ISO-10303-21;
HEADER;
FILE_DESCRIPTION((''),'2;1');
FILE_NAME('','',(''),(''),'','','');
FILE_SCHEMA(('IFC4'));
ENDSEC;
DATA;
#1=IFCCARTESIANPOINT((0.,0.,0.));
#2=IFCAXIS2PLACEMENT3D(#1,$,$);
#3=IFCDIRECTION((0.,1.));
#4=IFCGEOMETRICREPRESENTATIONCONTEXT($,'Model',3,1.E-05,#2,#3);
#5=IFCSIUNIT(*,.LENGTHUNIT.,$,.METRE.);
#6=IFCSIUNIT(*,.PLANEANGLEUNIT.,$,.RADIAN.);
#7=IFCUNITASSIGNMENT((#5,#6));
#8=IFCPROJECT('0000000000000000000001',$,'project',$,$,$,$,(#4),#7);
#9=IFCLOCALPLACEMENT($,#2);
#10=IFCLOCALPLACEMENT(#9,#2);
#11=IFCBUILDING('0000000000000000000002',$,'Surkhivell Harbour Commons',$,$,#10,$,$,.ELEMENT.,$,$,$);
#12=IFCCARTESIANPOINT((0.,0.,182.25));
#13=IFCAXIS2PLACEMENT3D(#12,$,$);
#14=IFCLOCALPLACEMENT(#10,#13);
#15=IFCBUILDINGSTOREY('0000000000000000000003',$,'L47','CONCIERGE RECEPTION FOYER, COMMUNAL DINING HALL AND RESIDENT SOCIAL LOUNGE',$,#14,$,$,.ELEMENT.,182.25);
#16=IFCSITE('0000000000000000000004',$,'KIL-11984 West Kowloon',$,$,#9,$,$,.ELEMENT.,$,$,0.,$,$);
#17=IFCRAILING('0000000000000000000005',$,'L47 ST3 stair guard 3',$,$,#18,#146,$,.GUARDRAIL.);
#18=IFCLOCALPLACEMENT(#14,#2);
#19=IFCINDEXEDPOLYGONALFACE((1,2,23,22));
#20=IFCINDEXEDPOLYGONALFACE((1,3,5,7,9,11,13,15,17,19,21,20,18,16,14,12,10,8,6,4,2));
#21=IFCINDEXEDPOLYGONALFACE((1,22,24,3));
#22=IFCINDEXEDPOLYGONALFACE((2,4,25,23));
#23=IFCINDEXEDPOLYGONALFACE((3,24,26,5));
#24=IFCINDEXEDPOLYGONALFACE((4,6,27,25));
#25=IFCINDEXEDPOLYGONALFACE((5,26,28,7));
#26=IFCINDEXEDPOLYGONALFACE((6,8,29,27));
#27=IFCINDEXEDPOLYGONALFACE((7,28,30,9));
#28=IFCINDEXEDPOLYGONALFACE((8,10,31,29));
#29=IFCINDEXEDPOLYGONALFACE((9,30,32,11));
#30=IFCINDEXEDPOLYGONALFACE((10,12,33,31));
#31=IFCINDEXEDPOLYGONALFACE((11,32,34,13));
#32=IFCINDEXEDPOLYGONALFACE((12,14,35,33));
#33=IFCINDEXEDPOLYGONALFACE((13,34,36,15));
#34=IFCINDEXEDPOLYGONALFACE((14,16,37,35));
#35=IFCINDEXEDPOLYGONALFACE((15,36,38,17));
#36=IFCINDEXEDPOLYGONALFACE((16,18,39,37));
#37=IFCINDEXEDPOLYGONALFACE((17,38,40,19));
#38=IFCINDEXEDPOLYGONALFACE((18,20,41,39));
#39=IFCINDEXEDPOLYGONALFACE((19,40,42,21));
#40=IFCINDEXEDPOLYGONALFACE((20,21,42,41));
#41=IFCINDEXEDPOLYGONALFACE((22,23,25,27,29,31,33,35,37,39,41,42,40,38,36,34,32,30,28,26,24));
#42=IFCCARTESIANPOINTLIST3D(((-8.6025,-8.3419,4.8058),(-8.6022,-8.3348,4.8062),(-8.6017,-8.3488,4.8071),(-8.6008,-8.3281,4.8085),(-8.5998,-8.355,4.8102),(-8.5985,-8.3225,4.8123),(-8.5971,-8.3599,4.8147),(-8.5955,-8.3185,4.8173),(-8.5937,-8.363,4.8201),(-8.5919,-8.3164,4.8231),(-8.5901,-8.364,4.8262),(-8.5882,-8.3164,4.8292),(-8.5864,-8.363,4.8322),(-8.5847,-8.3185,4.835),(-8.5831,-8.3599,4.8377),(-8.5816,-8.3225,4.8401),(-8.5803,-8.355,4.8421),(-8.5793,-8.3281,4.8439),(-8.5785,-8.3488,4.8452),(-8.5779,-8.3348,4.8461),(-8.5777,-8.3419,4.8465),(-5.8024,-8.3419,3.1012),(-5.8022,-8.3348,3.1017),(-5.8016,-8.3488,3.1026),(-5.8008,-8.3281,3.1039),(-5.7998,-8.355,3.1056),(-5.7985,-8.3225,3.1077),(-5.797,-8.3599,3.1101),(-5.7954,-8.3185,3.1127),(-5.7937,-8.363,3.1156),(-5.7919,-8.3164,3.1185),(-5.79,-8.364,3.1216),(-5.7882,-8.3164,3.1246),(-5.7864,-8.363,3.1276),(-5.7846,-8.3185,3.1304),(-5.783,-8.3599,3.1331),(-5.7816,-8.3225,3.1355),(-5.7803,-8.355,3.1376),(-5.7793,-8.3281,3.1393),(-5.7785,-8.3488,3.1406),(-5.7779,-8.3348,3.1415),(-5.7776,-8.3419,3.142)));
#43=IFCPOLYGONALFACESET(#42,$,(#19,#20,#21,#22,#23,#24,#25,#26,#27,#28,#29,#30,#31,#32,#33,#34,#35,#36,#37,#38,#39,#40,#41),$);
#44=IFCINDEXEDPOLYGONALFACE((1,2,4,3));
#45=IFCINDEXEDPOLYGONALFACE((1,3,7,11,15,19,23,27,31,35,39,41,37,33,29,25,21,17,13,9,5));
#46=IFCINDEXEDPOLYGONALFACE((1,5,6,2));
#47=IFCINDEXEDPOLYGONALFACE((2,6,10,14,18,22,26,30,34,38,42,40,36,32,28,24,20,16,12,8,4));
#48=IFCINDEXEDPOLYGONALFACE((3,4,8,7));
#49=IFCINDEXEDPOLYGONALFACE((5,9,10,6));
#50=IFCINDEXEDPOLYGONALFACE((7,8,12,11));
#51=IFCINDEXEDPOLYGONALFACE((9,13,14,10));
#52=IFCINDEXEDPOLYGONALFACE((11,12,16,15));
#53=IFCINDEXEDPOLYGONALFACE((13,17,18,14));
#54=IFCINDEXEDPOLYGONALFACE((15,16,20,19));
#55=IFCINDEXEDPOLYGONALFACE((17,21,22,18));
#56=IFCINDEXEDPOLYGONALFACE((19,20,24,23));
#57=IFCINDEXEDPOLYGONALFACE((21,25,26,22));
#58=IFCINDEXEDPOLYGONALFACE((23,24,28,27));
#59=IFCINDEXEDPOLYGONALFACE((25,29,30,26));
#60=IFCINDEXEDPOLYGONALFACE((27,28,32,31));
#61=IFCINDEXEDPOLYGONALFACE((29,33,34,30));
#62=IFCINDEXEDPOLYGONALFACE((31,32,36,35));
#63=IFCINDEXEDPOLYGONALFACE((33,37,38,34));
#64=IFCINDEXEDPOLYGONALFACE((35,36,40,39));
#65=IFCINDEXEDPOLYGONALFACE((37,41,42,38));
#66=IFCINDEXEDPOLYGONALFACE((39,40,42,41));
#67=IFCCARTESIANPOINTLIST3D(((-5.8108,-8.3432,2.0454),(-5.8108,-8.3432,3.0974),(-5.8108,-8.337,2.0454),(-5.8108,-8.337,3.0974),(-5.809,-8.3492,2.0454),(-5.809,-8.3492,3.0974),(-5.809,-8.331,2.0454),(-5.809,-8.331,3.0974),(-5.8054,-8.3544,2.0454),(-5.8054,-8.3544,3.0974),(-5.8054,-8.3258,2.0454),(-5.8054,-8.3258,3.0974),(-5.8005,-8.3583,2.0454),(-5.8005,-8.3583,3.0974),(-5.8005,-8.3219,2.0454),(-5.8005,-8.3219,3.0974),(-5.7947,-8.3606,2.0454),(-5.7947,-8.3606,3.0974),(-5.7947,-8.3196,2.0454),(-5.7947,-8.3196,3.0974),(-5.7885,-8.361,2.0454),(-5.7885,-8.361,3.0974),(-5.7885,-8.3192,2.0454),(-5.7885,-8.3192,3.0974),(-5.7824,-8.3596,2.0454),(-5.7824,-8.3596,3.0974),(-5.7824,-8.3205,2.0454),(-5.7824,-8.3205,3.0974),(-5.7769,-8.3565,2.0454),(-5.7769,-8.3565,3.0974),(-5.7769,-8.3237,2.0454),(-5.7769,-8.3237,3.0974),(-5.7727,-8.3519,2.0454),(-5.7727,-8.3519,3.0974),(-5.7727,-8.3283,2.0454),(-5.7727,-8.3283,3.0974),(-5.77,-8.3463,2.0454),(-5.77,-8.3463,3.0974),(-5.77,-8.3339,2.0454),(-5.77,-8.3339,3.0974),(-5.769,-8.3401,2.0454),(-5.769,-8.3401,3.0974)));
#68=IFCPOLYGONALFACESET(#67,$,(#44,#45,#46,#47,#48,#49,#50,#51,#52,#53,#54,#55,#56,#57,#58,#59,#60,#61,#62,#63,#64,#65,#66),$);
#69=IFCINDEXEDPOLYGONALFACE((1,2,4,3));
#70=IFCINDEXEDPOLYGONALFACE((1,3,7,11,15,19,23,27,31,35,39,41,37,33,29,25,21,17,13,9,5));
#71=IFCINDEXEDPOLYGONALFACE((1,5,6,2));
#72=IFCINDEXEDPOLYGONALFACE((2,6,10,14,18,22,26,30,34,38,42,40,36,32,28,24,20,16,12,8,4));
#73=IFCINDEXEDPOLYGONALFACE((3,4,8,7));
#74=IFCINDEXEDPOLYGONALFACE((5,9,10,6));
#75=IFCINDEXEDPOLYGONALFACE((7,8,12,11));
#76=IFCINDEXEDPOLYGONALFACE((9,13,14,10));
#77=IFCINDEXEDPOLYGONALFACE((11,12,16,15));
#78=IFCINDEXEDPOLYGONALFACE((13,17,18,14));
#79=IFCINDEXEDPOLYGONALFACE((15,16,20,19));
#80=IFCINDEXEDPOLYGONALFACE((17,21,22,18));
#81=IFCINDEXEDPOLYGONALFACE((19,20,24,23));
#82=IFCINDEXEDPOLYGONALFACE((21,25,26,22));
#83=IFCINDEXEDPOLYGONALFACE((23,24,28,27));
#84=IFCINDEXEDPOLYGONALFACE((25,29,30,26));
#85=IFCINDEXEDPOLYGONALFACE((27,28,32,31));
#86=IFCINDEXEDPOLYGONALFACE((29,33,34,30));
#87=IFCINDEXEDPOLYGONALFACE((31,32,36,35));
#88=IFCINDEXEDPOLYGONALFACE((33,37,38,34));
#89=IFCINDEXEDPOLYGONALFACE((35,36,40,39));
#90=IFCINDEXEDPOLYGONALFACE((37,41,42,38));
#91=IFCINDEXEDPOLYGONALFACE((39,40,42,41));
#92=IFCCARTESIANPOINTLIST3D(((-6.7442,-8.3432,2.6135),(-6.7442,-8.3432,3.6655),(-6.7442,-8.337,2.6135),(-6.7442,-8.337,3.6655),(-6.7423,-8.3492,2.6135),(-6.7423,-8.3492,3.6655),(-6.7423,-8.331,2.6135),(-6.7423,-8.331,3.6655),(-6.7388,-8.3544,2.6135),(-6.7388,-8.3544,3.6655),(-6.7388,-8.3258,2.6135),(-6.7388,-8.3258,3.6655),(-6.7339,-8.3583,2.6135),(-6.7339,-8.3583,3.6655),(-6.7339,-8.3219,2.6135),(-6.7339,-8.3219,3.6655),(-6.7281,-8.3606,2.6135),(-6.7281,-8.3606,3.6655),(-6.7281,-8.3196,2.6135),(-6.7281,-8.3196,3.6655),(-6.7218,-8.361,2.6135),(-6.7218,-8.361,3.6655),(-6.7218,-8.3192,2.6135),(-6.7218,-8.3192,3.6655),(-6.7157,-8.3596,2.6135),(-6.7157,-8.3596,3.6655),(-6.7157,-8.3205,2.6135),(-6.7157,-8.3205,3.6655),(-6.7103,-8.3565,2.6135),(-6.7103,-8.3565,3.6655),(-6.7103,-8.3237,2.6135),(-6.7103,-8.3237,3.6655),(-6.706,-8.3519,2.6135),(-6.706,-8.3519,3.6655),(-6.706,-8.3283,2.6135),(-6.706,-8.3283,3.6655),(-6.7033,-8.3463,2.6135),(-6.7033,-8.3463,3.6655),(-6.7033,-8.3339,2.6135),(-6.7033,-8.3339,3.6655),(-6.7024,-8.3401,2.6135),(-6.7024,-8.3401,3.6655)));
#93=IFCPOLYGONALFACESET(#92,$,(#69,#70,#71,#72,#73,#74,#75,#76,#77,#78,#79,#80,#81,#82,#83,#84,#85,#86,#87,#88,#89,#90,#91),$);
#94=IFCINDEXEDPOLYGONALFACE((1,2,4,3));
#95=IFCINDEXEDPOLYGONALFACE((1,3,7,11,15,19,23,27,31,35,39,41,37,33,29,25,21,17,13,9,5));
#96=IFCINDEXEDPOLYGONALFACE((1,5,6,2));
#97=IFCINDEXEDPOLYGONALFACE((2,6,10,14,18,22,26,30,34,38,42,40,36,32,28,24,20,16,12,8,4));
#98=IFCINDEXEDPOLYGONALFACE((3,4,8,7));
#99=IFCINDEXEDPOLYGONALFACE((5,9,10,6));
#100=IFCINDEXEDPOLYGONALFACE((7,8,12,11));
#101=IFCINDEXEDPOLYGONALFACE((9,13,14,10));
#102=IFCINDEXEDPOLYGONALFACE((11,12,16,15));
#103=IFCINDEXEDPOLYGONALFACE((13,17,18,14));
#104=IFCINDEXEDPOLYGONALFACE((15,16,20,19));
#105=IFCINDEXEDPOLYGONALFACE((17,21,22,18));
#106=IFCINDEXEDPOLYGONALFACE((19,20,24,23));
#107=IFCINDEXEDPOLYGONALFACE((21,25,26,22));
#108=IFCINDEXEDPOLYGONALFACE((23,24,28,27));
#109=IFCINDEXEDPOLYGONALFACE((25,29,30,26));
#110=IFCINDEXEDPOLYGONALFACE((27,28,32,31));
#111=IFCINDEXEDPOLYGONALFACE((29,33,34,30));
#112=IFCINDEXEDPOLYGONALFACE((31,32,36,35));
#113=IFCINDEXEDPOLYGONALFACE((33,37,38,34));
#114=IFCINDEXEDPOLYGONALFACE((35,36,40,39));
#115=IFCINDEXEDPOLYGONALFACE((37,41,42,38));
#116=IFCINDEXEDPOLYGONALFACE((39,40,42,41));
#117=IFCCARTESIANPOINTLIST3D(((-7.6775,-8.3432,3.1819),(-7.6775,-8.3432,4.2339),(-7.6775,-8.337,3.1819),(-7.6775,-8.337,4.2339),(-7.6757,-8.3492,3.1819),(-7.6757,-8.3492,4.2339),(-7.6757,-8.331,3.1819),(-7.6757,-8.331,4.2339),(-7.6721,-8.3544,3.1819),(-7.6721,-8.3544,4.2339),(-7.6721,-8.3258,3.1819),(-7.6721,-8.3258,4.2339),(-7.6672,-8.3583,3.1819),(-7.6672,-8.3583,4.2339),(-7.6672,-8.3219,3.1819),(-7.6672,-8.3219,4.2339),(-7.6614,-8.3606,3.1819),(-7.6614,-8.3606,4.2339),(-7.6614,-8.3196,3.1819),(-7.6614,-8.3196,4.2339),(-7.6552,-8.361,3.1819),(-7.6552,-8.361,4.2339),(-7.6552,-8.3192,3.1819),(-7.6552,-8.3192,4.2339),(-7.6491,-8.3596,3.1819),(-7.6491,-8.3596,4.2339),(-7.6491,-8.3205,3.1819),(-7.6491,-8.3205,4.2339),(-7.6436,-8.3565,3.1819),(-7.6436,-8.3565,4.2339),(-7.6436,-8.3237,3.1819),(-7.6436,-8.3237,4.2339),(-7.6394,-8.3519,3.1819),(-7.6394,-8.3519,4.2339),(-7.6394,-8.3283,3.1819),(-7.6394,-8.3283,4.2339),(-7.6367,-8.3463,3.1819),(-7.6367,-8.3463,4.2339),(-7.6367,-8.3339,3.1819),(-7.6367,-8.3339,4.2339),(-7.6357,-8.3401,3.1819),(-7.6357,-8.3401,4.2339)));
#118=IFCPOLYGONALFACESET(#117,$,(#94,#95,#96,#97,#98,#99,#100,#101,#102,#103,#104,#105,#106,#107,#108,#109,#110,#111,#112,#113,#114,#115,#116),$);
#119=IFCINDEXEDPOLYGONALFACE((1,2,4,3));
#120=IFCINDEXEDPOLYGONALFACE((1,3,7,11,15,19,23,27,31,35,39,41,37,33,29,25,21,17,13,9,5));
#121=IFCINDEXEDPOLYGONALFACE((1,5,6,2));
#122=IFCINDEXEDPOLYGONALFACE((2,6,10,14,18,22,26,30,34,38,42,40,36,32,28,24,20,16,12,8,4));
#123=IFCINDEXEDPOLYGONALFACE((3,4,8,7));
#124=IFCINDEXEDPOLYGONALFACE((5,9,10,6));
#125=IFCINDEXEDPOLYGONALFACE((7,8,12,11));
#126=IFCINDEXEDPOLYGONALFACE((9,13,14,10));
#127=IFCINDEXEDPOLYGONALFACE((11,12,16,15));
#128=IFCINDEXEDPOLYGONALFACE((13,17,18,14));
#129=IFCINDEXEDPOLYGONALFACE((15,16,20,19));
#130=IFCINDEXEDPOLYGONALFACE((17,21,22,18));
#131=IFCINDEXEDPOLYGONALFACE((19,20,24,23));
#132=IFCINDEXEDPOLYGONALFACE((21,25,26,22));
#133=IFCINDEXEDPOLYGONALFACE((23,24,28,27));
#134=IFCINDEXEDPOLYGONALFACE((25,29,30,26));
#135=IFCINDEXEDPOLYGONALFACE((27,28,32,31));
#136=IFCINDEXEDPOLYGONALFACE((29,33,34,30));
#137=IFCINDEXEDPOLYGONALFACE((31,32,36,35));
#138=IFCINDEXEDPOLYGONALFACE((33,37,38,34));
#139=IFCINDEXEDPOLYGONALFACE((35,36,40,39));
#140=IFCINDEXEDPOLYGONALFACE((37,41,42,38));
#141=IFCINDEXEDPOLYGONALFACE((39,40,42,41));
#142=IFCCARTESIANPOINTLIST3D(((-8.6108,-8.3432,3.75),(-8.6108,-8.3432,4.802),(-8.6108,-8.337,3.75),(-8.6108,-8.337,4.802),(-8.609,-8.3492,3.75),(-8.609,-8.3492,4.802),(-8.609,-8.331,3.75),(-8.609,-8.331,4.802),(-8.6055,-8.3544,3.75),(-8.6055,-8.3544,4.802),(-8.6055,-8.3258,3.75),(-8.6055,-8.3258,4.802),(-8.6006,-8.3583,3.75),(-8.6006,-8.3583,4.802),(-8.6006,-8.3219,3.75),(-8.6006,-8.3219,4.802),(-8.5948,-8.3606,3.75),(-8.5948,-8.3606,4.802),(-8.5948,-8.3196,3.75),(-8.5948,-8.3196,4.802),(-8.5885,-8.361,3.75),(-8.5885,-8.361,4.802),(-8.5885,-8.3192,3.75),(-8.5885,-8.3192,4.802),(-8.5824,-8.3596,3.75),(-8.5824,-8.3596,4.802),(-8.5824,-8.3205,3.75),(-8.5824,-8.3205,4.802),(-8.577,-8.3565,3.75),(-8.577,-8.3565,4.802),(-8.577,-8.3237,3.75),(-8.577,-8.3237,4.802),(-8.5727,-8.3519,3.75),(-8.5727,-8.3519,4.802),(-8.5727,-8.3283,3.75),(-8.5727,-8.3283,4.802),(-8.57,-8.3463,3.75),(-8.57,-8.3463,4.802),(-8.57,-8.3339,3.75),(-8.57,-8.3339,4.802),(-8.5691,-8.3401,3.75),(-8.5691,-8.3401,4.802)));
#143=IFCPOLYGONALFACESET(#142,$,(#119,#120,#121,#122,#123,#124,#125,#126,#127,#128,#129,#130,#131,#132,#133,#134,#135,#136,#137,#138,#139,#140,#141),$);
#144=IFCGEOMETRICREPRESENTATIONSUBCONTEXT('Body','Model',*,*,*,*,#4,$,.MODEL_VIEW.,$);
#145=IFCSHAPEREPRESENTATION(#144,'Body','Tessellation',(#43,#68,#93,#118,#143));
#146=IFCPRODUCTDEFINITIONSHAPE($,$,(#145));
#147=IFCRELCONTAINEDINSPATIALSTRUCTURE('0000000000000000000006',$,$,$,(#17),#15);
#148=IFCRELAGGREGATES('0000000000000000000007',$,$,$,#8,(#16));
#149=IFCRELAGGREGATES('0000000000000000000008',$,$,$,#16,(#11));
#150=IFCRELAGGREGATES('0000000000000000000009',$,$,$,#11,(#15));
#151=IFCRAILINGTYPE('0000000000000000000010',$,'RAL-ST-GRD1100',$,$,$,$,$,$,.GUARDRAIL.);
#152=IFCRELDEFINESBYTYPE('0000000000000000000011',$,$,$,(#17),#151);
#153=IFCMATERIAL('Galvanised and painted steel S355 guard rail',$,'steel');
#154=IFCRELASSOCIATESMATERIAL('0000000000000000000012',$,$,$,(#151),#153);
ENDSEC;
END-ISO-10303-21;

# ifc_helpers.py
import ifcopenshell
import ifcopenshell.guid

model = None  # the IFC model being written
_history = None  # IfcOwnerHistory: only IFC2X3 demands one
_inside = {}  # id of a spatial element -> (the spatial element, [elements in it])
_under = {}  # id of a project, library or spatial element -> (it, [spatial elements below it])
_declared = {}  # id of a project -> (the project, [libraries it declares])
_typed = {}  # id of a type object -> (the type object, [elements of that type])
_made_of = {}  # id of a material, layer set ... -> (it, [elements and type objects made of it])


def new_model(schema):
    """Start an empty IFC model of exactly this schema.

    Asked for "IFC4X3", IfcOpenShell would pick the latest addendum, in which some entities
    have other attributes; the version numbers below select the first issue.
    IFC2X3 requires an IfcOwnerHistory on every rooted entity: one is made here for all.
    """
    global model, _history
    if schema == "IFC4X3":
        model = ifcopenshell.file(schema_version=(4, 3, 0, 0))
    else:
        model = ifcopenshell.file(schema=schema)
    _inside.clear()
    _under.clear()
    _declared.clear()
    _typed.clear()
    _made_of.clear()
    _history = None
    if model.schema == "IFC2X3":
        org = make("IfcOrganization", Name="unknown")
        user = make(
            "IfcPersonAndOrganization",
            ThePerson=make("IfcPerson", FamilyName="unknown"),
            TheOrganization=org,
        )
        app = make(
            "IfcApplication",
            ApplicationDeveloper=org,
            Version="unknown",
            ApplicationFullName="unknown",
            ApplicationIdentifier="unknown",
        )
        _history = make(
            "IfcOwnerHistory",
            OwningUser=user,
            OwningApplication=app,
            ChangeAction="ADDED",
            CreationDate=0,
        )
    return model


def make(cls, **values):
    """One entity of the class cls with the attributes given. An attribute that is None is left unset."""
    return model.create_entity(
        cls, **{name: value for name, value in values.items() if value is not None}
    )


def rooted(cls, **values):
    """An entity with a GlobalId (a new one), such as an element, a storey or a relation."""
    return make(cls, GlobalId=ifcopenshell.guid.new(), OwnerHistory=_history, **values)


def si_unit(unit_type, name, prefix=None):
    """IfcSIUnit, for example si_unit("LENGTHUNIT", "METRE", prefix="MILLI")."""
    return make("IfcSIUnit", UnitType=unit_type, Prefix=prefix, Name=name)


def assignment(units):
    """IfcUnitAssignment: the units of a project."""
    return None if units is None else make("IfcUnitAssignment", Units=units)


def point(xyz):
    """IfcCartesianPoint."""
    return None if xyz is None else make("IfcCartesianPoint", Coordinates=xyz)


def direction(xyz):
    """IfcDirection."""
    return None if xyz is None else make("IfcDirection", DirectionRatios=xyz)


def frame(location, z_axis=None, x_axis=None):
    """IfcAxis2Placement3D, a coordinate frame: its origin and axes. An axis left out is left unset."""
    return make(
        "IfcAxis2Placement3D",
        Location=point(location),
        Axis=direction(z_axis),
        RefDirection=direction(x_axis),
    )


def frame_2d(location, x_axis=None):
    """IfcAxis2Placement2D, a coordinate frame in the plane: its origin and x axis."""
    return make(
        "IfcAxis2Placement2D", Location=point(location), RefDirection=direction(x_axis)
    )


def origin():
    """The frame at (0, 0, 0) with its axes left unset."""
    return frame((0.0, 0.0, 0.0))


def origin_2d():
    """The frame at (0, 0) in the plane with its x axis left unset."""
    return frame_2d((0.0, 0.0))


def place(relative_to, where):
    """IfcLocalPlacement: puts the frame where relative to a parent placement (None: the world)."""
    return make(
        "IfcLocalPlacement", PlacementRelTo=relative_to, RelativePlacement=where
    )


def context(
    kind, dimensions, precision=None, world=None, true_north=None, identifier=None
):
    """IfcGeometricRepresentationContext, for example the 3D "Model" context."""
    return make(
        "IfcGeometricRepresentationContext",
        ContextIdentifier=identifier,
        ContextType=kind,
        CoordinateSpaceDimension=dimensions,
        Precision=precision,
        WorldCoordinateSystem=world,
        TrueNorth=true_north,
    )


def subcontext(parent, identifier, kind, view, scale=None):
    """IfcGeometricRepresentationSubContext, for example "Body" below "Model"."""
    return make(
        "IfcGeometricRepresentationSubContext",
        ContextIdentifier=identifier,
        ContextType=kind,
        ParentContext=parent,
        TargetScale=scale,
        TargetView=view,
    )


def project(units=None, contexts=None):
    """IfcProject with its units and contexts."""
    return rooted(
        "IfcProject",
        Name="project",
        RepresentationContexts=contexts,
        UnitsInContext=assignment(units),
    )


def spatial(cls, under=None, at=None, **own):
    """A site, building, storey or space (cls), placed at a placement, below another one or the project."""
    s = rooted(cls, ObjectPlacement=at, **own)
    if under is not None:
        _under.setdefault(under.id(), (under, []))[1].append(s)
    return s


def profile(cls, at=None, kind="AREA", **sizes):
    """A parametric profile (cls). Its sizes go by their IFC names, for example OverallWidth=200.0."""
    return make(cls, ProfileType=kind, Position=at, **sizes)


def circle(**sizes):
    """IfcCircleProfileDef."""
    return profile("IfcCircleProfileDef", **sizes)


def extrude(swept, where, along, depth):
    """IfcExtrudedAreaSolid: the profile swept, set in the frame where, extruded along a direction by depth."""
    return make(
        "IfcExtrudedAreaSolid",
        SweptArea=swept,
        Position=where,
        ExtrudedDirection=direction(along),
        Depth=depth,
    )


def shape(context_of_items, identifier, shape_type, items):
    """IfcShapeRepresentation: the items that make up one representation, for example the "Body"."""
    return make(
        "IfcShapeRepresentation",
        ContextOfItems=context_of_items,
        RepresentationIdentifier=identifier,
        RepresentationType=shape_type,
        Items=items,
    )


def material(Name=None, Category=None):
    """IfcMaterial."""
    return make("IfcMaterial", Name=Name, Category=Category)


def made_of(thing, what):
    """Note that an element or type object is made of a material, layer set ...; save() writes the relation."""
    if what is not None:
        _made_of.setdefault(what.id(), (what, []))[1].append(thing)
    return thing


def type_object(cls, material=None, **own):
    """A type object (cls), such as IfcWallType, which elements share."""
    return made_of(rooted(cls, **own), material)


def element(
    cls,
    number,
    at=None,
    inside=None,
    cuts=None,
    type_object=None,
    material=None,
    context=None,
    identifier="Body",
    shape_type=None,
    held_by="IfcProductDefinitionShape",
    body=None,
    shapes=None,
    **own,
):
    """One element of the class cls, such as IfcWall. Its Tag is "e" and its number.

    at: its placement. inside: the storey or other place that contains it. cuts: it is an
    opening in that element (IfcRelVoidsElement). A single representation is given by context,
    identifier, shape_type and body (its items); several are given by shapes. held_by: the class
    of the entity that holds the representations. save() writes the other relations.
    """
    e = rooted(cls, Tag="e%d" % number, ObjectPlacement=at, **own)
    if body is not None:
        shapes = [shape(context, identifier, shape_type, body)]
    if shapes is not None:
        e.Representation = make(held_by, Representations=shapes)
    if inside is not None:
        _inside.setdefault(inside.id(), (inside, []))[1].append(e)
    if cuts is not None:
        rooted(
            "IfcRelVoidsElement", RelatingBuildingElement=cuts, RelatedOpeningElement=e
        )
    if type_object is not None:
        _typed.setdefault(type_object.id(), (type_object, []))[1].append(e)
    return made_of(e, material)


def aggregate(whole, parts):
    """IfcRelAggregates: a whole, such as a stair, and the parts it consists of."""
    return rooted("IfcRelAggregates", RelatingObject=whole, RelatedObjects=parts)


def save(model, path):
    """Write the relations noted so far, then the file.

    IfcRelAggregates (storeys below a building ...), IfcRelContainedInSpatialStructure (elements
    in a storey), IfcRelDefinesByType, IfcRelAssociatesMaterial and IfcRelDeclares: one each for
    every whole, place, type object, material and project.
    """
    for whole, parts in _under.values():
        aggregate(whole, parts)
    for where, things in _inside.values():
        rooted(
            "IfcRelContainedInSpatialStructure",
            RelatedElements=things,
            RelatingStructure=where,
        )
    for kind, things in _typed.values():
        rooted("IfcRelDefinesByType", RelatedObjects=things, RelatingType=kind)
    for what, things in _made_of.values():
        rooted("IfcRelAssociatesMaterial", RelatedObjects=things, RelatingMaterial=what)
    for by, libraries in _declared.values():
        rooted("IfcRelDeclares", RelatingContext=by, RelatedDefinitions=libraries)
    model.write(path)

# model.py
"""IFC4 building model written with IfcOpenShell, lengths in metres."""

from ifc_helpers import new_model, si_unit, direction, frame, origin, origin_2d, place, context, subcontext, project, spatial, circle, extrude, material, type_object, element, save


model = new_model("IFC4")

# Units and contexts
model_context = context("Model", 3, precision=1e-05, world=origin(), true_north=direction((0.0, 1.0)))
body_context = subcontext(model_context, "Body", "Model", "MODEL_VIEW")
ifc_project = project(units=[si_unit("LENGTHUNIT", "METRE"), si_unit("PLANEANGLEUNIT", "RADIAN")], contexts=[model_context])

# Site, building, storey
site_placement = place(None, origin())
site = spatial("IfcSite", under=ifc_project, at=site_placement, Name="KIL-11984 West Kowloon", CompositionType="ELEMENT", RefElevation=0.0)
building_placement = place(site_placement, origin())
building = spatial("IfcBuilding", under=site, at=building_placement, Name="Surkhivell Harbour Commons", CompositionType="ELEMENT")
storey_placement = place(building_placement, frame((0.0, 0.0, 182.25)))
storey = spatial("IfcBuildingStorey", under=building, at=storey_placement, Name="L47", Description="CONCIERGE RECEPTION FOYER, COMMUNAL DINING HALL AND RESIDENT SOCIAL LOUNGE", CompositionType="ELEMENT", Elevation=182.25)

# Railing
ifc_material_1 = material(Name="Galvanised and painted steel S355 guard rail", Category="steel")
railing_type_1 = type_object("IfcRailingType", Name="RAL-ST-GRD1100", PredefinedType="GUARDRAIL", material=ifc_material_1)
railing_1_placement = place(storey_placement, frame((-5.79, -8.3401, 2.0454)))
element("IfcRailing", 1, at=railing_1_placement, inside=storey, type_object=railing_type_1, Name="L47 ST3 stair guard 3", PredefinedType="GUARDRAIL", context=body_context, shape_type="SweptSolid", body=[
    extrude(circle(Radius=0.0239, at=origin_2d()), frame((0.0, 0.0, 1.0762), z_axis=(-0.85417, 0.0, 0.519994), x_axis=(0.0, -1.0, 0.0)), (0.0, 0.0, 1.0), 3.2781),
    extrude(circle(Radius=0.021, at=origin_2d()), origin(), (0.0, 0.0, 1.0), 1.052),
    extrude(circle(Radius=0.021, at=origin_2d()), frame((-0.9333, 0.0, 0.5681)), (0.0, 0.0, 1.0), 1.052),
    extrude(circle(Radius=0.021, at=origin_2d()), frame((-1.8667, 0.0, 1.1365)), (0.0, 0.0, 1.0), 1.052),
    extrude(circle(Radius=0.021, at=origin_2d()), frame((-2.8, 0.0, 1.7046)), (0.0, 0.0, 1.0), 1.052),
])

save(model, "model.ifc")
